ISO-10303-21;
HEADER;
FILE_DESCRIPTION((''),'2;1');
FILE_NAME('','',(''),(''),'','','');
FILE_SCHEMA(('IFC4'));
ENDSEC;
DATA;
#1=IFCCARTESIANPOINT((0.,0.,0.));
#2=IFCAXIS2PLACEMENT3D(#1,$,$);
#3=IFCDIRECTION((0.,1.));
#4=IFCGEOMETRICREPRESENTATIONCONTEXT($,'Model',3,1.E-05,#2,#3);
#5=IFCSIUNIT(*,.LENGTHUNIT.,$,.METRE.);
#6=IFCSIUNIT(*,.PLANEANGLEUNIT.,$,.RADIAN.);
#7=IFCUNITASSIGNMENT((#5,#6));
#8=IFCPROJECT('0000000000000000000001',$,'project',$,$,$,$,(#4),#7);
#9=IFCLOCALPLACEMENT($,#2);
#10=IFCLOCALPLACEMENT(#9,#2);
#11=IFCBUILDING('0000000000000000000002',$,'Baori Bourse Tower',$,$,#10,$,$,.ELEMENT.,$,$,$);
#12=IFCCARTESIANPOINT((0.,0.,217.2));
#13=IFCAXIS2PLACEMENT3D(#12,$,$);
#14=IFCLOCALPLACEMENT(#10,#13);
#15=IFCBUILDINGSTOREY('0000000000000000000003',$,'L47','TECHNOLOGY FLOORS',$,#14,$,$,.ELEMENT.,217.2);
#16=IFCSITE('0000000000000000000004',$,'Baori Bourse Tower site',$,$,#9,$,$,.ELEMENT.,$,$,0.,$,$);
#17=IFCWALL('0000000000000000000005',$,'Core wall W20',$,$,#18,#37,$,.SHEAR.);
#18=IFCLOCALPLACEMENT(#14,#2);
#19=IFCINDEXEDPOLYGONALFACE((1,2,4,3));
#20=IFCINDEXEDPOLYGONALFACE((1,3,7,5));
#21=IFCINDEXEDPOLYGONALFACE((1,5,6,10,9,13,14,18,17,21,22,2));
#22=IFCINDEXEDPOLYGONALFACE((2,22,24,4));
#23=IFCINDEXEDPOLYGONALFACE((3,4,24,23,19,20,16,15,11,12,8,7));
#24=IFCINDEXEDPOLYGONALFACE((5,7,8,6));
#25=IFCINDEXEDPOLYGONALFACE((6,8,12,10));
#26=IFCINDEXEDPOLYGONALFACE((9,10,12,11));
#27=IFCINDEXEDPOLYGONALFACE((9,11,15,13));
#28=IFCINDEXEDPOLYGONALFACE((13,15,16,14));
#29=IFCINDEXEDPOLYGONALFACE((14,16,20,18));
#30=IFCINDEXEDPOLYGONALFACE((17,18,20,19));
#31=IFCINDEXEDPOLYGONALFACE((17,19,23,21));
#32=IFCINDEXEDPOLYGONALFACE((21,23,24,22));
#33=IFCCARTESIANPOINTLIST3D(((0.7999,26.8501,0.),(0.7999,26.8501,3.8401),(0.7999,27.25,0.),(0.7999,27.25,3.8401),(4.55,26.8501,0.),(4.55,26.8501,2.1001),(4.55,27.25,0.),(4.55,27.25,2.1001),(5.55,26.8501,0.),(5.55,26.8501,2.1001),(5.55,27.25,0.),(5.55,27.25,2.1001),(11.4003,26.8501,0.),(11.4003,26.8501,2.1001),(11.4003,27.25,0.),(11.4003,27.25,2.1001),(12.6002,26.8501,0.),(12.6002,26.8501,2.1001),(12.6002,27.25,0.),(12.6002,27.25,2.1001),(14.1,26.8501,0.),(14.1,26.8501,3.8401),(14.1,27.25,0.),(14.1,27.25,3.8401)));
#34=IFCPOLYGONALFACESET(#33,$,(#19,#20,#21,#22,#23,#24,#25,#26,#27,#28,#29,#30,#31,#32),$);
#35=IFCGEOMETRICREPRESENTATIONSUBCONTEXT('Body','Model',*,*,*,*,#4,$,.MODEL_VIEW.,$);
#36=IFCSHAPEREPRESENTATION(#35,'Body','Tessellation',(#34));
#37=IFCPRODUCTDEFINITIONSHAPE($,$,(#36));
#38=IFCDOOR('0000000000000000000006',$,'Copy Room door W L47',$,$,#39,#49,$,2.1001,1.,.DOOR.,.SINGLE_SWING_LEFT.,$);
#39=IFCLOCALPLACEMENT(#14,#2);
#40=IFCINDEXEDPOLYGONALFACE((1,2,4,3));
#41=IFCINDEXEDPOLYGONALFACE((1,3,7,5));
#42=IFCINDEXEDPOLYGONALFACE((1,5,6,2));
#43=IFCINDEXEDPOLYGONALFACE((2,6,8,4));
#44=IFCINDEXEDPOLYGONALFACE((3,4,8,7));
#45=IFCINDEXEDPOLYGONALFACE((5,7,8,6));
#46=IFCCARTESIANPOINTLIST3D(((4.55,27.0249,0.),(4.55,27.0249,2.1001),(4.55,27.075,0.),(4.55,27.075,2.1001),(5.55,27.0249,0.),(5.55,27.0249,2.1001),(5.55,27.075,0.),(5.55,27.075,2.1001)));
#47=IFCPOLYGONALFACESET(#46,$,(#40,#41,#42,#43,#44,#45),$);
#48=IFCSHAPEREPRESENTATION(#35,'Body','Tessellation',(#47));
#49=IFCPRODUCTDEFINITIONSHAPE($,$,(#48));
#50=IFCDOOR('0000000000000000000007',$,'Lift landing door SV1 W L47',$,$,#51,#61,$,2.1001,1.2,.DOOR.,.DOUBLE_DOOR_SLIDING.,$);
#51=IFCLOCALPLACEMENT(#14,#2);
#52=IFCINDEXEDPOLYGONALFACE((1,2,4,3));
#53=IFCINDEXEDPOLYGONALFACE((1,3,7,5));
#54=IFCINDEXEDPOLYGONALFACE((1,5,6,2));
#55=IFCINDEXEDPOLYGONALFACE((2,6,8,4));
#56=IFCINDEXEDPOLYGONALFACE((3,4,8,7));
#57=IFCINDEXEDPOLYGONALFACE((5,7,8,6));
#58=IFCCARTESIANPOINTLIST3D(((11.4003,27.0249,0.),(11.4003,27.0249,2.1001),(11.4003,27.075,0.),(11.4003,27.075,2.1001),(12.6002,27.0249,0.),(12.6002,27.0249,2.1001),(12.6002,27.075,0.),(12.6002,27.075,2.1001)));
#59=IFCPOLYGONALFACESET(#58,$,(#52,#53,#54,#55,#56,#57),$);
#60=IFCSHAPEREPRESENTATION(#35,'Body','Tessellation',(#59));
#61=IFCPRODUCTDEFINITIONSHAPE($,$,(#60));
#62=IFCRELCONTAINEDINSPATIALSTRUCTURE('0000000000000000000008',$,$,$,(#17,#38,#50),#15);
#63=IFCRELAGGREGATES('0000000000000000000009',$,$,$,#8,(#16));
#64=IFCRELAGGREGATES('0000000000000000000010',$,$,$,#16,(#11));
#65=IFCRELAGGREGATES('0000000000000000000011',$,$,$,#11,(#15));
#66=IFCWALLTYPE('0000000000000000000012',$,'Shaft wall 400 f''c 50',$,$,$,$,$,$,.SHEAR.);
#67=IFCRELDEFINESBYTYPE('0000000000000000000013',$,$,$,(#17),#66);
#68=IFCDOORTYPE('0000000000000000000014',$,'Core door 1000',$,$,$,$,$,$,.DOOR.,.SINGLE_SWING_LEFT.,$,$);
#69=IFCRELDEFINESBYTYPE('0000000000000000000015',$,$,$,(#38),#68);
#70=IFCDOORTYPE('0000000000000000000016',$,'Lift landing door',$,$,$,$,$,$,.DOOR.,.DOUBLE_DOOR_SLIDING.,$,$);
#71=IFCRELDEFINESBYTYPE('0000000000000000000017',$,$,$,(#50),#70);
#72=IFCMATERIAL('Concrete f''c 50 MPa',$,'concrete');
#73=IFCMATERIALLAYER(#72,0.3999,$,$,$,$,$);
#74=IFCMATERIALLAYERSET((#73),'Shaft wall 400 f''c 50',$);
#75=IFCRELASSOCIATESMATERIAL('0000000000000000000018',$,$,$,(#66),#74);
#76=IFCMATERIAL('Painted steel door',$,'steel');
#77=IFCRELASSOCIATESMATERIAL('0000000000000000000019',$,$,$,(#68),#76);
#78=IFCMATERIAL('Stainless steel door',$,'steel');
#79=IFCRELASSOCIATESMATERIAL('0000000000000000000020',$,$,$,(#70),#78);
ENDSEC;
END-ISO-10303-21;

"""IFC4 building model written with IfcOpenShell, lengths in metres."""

from ifc_helpers import new_model, si_unit, direction, frame, frame_2d, origin, place, context, subcontext, project, spatial, rectangle, extrude, material, layer, layer_set, type_object, element, fill, save


model = new_model("IFC4")

# Units and contexts
model_context = context("Model", 3, precision=1e-05, world=origin(), true_north=direction((0.0, 1.0)))
body_context = subcontext(model_context, "Body", "Model", "MODEL_VIEW")
ifc_project = project(units=[si_unit("LENGTHUNIT", "METRE"), si_unit("PLANEANGLEUNIT", "RADIAN")], contexts=[model_context])

# Site, building, storey
site_placement = place(None, origin())
site = spatial("IfcSite", under=ifc_project, at=site_placement, Name="Baori Bourse Tower site", CompositionType="ELEMENT", RefElevation=0.0)
building_placement = place(site_placement, origin())
building = spatial("IfcBuilding", under=site, at=building_placement, Name="Baori Bourse Tower", CompositionType="ELEMENT")
storey_placement = place(building_placement, frame((0.0, 0.0, 217.2)))
storey = spatial("IfcBuildingStorey", under=building, at=storey_placement, Name="L47", Description="TECHNOLOGY FLOORS", CompositionType="ELEMENT", Elevation=217.2)

# Wall, openings, doors
ifc_material_1 = material(Name="Concrete f'c 50 MPa", Category="concrete")
ifc_layer_1 = layer(ifc_material_1, 0.3999)
ifc_layer_set_1 = layer_set([ifc_layer_1], Name="Shaft wall 400 f'c 50")
wall_type_1 = type_object("IfcWallType", Name="Shaft wall 400 f'c 50", PredefinedType="SHEAR", material=ifc_layer_set_1)
wall_1_placement = place(storey_placement, frame((0.8, 27.05, 0.0), z_axis=(0.0, 0.0, 1.0), x_axis=(1.0, 0.0, 0.0)))
wall_1 = element("IfcWall", 1, at=wall_1_placement, inside=storey, type_object=wall_type_1, Name="Core wall W20", PredefinedType="SHEAR", context=body_context, shape_type="SweptSolid", body=[
    extrude(rectangle(XDim=13.3, YDim=0.3999, at=frame_2d((6.6499, 0.0))), origin(), (0.0, 0.0, 1.0), 3.8401),
])
opening_1_placement = place(wall_1_placement, frame((3.75, 0.0, 0.0)))
opening_1 = element("IfcOpeningElement", 2, at=opening_1_placement, cuts=wall_1, PredefinedType="OPENING", context=body_context, shape_type="SweptSolid", body=[
    extrude(rectangle(XDim=1.0, YDim=2.1001, at=frame_2d((0.5, 1.05))), frame((0.0, 0.21, 0.0), z_axis=(0.0, -1.0, 0.0), x_axis=(1.0, 0.0, 0.0)), (0.0, 0.0, 1.0), 0.4199),
])
opening_2_placement = place(wall_1_placement, frame((10.6001, 0.0, 0.0)))
opening_2 = element("IfcOpeningElement", 3, at=opening_2_placement, cuts=wall_1, PredefinedType="OPENING", context=body_context, shape_type="SweptSolid", body=[
    extrude(rectangle(XDim=1.2, YDim=2.1001, at=frame_2d((0.6001, 1.05))), frame((0.0, 0.21, 0.0), z_axis=(0.0, -1.0, 0.0), x_axis=(1.0, 0.0, 0.0)), (0.0, 0.0, 1.0), 0.4199),
])
ifc_material_2 = material(Name="Painted steel door", Category="steel")
door_type_1 = type_object("IfcDoorType", Name="Core door 1000", OperationType="SINGLE_SWING_LEFT", PredefinedType="DOOR", material=ifc_material_2)
door_1_placement = place(opening_1_placement, origin())
door_1 = element("IfcDoor", 4, at=door_1_placement, inside=storey, type_object=door_type_1, Name="Copy Room door W L47", OperationType="SINGLE_SWING_LEFT", OverallHeight=2.1001, OverallWidth=1.0, PredefinedType="DOOR", context=body_context, shape_type="SweptSolid", body=[
    extrude(rectangle(XDim=1.0, YDim=2.1001, at=frame_2d((0.5, 1.05))), frame((0.0, 0.0249, 0.0), z_axis=(0.0, -1.0, 0.0), x_axis=(1.0, 0.0, 0.0)), (0.0, 0.0, 1.0), 0.05),
])
fill(opening_1, door_1)
ifc_material_3 = material(Name="Stainless steel door", Category="steel")
door_type_2 = type_object("IfcDoorType", Name="Lift landing door", OperationType="DOUBLE_DOOR_SLIDING", PredefinedType="DOOR", material=ifc_material_3)
door_2_placement = place(opening_2_placement, origin())
door_2 = element("IfcDoor", 5, at=door_2_placement, inside=storey, type_object=door_type_2, Name="Lift landing door SV1 W L47", OperationType="DOUBLE_DOOR_SLIDING", OverallHeight=2.1001, OverallWidth=1.2, PredefinedType="DOOR", context=body_context, shape_type="SweptSolid", body=[
    extrude(rectangle(XDim=1.2, YDim=2.1001, at=frame_2d((0.6001, 1.05))), frame((0.0, 0.0249, 0.0), z_axis=(0.0, -1.0, 0.0), x_axis=(1.0, 0.0, 0.0)), (0.0, 0.0, 1.0), 0.05),
])
fill(opening_2, door_2)

save(model, "model.ifc")
